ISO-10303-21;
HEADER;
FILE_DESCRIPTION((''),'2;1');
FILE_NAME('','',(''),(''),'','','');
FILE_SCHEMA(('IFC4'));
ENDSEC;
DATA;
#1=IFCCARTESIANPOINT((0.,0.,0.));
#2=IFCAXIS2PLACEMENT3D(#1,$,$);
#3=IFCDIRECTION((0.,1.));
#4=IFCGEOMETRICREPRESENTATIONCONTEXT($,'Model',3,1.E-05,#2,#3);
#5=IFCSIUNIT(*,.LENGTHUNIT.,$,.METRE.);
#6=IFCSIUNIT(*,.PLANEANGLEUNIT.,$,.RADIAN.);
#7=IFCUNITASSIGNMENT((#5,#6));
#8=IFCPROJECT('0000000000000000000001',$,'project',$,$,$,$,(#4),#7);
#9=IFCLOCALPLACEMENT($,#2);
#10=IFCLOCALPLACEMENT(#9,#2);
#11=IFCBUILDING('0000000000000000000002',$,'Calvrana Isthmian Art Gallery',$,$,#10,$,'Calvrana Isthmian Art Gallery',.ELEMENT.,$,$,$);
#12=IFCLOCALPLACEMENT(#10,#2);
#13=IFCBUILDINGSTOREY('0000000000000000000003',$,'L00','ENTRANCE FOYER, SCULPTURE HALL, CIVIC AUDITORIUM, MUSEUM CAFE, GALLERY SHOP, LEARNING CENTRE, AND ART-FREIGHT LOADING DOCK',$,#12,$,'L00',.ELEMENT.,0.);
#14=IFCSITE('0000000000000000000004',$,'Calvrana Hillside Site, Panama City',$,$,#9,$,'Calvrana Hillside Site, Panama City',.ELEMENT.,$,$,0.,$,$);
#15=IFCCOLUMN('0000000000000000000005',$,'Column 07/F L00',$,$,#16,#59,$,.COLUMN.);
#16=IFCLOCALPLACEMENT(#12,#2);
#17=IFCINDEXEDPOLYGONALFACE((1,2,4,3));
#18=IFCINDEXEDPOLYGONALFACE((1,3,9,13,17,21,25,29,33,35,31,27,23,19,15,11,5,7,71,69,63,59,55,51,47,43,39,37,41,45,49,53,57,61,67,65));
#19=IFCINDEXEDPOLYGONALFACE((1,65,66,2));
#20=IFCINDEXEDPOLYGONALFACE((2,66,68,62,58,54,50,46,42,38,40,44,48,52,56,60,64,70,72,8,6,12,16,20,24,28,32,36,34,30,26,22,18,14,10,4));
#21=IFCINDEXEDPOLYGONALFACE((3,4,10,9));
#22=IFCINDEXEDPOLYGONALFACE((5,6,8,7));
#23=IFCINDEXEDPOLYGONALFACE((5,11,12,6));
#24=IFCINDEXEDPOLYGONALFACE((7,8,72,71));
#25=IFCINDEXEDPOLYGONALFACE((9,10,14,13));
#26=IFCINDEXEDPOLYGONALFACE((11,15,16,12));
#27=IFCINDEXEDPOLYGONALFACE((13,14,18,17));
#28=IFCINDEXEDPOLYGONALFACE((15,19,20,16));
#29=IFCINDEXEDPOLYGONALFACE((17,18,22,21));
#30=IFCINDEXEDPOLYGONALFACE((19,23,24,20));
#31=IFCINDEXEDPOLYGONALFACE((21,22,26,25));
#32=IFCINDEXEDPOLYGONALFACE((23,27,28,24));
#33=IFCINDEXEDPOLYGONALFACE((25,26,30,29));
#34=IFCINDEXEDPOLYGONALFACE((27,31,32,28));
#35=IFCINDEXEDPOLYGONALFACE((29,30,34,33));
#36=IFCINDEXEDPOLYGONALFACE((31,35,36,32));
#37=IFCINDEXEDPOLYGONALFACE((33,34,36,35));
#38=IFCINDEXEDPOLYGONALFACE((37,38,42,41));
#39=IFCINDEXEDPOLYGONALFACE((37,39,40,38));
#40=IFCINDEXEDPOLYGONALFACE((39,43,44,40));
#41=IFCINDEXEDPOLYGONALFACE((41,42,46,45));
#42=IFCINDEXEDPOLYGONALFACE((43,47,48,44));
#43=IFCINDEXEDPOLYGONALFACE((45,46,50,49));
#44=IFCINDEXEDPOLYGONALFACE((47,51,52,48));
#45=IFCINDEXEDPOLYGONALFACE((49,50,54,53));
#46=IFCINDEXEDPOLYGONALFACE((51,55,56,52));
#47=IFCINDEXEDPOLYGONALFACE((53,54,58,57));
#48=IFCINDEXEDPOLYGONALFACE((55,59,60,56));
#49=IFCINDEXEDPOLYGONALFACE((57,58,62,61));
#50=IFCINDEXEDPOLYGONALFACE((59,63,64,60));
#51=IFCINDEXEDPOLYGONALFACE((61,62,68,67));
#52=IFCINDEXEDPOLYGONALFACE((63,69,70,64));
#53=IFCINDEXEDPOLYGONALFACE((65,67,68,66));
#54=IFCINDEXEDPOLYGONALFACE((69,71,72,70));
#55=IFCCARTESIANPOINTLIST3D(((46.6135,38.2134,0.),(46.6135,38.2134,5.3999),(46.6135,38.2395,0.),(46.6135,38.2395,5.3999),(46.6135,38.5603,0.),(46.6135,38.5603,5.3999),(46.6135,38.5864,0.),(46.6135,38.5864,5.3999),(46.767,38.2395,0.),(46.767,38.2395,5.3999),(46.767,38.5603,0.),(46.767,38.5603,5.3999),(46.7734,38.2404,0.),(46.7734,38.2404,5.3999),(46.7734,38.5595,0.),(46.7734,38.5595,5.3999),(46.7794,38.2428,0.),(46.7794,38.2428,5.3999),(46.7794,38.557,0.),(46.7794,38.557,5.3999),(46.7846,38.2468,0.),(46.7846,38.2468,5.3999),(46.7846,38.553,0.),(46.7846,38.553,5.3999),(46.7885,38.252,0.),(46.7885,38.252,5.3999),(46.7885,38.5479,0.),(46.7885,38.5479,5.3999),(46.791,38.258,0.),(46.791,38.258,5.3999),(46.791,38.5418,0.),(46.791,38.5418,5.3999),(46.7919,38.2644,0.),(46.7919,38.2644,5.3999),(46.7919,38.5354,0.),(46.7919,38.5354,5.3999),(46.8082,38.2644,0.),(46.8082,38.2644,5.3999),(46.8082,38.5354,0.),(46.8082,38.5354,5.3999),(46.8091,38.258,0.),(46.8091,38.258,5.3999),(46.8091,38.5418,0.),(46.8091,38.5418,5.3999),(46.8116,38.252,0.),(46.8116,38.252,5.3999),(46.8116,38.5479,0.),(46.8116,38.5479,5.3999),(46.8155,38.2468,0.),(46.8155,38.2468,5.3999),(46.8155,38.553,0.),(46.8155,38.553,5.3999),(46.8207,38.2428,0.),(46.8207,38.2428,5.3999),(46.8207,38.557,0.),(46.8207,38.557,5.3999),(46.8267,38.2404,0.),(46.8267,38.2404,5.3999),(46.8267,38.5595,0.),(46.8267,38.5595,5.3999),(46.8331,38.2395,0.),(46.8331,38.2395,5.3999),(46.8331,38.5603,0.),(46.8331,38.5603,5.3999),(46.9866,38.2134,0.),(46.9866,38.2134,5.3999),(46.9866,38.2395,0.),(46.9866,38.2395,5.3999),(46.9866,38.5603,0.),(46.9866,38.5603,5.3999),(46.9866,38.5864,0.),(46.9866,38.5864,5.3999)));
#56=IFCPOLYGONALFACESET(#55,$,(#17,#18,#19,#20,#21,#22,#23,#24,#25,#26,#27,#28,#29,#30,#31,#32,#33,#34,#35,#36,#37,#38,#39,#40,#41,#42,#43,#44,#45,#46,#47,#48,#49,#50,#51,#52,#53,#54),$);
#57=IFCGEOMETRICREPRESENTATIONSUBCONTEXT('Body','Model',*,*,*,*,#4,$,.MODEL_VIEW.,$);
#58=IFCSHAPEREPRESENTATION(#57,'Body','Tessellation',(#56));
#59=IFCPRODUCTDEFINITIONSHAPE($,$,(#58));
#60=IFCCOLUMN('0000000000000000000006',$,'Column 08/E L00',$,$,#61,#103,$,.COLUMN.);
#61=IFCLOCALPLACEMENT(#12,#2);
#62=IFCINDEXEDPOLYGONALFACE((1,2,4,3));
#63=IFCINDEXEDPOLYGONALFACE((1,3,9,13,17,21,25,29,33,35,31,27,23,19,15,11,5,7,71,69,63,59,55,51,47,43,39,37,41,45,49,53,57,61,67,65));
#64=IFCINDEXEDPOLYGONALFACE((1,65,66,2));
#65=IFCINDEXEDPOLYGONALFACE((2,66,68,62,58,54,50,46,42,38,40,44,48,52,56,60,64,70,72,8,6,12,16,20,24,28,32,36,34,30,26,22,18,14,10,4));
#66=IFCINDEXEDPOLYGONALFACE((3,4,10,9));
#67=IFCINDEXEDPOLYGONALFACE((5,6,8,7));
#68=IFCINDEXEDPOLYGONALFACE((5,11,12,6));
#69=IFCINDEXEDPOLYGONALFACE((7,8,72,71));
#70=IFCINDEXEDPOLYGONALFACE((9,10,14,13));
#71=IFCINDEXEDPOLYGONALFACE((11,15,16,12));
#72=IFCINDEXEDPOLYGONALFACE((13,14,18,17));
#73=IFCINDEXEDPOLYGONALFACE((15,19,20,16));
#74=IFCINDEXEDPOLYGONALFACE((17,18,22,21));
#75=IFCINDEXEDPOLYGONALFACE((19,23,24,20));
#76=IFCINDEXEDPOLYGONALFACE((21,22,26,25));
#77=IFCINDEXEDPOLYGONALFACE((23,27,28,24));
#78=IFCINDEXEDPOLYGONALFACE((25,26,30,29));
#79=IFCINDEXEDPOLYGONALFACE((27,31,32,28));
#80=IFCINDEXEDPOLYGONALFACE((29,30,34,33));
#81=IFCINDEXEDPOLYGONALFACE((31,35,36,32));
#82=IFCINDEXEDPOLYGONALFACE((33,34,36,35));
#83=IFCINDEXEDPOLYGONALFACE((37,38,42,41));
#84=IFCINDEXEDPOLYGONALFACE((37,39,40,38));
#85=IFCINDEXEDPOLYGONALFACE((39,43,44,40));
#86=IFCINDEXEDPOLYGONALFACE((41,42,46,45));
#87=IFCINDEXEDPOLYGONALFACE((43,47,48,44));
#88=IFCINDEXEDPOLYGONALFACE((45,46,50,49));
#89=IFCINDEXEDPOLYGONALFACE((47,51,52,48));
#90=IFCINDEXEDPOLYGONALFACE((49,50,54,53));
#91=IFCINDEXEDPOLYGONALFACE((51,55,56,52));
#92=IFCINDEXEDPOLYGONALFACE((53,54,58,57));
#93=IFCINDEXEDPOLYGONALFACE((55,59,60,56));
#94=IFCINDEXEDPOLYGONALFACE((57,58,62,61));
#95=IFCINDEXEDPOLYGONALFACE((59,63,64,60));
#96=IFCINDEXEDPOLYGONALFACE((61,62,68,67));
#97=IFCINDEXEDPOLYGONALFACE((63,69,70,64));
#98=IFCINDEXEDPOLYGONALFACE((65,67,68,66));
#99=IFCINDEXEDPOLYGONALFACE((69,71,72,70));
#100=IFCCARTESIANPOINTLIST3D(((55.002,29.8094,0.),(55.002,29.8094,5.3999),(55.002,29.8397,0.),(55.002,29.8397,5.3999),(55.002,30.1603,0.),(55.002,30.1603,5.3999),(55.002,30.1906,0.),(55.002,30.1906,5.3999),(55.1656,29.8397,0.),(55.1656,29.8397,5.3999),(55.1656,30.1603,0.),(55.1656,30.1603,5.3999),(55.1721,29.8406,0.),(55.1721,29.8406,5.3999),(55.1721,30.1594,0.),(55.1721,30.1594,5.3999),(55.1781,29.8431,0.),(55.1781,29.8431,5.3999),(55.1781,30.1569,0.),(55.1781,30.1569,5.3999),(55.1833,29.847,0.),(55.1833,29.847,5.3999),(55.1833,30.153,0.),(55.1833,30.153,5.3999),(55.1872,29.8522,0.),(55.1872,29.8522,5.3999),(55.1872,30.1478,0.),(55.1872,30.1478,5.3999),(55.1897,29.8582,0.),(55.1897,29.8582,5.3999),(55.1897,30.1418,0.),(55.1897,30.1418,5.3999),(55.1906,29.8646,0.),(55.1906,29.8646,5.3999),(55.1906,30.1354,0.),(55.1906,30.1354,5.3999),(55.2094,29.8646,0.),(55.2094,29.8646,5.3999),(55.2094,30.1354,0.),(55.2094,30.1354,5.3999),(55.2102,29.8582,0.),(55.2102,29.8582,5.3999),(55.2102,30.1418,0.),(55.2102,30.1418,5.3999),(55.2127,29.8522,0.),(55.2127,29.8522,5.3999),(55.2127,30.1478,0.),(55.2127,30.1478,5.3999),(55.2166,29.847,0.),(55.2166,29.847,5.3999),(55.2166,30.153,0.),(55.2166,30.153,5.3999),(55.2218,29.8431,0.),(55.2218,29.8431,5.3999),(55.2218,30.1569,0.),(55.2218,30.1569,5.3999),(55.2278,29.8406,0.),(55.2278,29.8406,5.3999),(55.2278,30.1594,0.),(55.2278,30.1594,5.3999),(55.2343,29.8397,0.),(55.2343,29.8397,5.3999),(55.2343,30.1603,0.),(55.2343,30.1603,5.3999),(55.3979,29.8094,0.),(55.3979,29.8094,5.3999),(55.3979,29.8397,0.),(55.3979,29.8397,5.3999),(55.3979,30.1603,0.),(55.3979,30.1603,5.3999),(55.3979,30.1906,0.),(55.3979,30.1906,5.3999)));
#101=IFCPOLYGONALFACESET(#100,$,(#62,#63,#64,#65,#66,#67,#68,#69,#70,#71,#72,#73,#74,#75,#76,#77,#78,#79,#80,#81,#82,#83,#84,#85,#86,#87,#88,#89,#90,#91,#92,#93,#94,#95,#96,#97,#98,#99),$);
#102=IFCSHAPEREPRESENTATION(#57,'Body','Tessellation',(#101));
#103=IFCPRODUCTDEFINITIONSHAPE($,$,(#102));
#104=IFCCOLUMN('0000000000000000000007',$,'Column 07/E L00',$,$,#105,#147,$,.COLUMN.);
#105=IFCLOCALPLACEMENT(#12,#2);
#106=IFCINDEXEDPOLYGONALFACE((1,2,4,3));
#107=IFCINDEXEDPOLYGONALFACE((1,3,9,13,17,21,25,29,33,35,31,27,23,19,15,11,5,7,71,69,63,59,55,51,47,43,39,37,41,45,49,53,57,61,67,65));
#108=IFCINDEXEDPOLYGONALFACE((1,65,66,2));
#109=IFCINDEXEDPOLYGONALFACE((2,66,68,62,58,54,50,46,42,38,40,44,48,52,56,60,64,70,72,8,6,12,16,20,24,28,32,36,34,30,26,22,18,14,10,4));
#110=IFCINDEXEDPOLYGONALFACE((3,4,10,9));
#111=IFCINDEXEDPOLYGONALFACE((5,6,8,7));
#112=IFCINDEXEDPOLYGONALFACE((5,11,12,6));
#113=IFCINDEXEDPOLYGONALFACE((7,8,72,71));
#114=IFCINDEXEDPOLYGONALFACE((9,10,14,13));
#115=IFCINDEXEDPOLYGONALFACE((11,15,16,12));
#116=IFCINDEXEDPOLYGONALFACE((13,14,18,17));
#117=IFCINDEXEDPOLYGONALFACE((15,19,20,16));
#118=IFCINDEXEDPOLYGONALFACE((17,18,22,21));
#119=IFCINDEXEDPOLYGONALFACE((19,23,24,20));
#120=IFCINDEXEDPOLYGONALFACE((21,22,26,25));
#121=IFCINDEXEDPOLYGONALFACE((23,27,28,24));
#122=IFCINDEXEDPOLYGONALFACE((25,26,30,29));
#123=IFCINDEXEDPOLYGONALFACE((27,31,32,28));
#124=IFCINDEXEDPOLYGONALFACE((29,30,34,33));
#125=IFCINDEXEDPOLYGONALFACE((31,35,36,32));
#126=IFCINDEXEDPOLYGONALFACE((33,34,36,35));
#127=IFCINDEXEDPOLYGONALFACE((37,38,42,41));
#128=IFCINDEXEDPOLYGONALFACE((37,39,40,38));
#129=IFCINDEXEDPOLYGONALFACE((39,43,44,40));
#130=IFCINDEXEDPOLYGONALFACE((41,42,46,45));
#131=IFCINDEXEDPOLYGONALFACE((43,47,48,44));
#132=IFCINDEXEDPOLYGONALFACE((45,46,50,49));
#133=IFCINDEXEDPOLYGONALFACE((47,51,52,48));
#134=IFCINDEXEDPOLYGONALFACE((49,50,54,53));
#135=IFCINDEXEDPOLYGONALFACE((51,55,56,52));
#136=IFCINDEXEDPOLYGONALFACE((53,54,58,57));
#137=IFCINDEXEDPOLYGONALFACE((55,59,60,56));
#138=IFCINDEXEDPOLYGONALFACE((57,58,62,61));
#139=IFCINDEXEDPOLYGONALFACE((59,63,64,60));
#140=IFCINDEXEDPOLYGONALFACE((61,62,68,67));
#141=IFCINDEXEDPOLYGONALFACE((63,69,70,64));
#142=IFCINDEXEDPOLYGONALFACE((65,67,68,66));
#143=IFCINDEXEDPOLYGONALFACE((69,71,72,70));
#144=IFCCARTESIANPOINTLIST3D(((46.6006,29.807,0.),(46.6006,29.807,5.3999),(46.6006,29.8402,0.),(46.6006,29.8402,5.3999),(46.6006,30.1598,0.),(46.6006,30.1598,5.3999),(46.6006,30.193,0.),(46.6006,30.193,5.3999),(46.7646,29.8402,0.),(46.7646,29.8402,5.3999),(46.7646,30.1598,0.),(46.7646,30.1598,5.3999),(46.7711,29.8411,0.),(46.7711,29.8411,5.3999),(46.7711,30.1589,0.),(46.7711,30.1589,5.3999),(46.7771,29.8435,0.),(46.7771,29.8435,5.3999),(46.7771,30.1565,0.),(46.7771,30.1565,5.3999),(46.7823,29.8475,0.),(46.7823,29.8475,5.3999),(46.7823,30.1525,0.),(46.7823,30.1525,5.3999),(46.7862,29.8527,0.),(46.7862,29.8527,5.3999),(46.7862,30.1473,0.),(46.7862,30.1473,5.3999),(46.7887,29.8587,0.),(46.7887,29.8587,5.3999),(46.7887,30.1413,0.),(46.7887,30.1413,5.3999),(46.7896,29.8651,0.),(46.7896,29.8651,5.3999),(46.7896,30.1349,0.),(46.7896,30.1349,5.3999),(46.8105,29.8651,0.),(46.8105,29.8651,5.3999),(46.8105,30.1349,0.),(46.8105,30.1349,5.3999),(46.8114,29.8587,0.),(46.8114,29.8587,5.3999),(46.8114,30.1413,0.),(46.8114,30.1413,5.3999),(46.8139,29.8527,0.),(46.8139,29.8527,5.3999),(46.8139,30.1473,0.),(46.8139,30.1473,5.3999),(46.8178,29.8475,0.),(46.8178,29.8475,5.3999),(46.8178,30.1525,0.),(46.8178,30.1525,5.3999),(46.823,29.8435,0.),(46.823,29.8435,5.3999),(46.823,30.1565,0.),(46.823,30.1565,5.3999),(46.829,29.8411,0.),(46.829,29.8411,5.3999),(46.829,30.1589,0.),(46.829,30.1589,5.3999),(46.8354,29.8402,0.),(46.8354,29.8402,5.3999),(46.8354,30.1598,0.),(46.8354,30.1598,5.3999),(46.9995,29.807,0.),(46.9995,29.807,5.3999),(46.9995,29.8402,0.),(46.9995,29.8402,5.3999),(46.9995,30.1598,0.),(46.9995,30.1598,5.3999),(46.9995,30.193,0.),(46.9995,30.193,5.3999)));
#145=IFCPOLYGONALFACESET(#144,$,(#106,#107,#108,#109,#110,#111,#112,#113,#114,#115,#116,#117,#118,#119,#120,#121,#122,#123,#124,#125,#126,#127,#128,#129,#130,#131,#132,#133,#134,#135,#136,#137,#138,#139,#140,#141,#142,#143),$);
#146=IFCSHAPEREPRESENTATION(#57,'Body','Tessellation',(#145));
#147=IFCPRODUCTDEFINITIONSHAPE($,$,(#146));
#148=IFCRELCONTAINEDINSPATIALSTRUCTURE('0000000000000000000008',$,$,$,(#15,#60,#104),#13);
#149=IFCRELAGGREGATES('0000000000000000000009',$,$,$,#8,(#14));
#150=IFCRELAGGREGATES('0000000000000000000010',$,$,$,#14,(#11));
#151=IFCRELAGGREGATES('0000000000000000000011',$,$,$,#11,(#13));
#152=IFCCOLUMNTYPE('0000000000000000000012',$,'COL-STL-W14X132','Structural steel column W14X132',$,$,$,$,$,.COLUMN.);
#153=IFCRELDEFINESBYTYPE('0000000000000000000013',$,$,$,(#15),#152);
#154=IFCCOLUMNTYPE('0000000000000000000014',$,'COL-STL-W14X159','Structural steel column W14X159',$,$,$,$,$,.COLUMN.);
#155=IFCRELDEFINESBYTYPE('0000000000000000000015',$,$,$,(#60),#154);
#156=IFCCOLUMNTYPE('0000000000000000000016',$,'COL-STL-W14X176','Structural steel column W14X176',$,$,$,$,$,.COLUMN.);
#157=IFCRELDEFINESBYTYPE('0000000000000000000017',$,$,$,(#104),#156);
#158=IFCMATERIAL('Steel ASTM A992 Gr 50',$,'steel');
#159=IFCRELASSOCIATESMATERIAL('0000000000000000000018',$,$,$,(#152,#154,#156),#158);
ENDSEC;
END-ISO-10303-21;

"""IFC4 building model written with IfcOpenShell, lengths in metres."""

from ifc_helpers import new_model, si_unit, direction, frame, origin, origin_2d, place, context, subcontext, project, spatial, i_section, extrude, material, material_profile, profile_set, type_object, element, save


model = new_model("IFC4")

# Units and contexts
model_context = context("Model", 3, precision=1e-05, world=origin(), true_north=direction((0.0, 1.0)))
body_context = subcontext(model_context, "Body", "Model", "MODEL_VIEW")
ifc_project = project(units=[si_unit("LENGTHUNIT", "METRE"), si_unit("PLANEANGLEUNIT", "RADIAN")], contexts=[model_context])

# Site, building, storey
site_placement = place(None, origin())
site = spatial("IfcSite", under=ifc_project, at=site_placement, Name="Calvrana Hillside Site, Panama City", LongName="Calvrana Hillside Site, Panama City", CompositionType="ELEMENT", RefElevation=0.0)
building_placement = place(site_placement, origin())
building = spatial("IfcBuilding", under=site, at=building_placement, Name="Calvrana Isthmian Art Gallery", LongName="Calvrana Isthmian Art Gallery", CompositionType="ELEMENT")
storey_placement = place(building_placement, origin())
storey = spatial("IfcBuildingStorey", under=building, at=storey_placement, Name="L00", Description="ENTRANCE FOYER, SCULPTURE HALL, CIVIC AUDITORIUM, MUSEUM CAFE, GALLERY SHOP, LEARNING CENTRE, AND ART-FREIGHT LOADING DOCK", LongName="L00", CompositionType="ELEMENT", Elevation=0.0)

# Columns
ifc_material_1 = material(Name="Steel ASTM A992 Gr 50", Category="steel")
ifc_material_profile_1 = material_profile(ifc_material_1, i_section(OverallWidth=0.373, OverallDepth=0.373, WebThickness=0.0164, FlangeThickness=0.0261, FilletRadius=0.0249, at=origin_2d()), Name="W14X132")
ifc_profile_set_1 = profile_set([ifc_material_profile_1], Name="Steel ASTM A992 Gr 50")
column_type_1 = type_object("IfcColumnType", Name="COL-STL-W14X132", Description="Structural steel column W14X132", PredefinedType="COLUMN", material=ifc_profile_set_1)
column_1_placement = place(storey_placement, frame((46.8, 38.3999, 0.0), z_axis=(0.0, 0.0, 1.0), x_axis=(1.0, 0.0, 0.0)))
element("IfcColumn", 1, at=column_1_placement, inside=storey, type_object=column_type_1, Name="Column 07/F L00", PredefinedType="COLUMN", context=body_context, shape_type="SweptSolid", body=[
    extrude(i_section(OverallWidth=0.373, OverallDepth=0.373, WebThickness=0.0164, FlangeThickness=0.0261, FilletRadius=0.0249, at=origin_2d()), origin(), (0.0, 0.0, 1.0), 5.3999),
])
ifc_material_profile_2 = material_profile(ifc_material_1, i_section(OverallWidth=0.396, OverallDepth=0.3811, WebThickness=0.0188, FlangeThickness=0.0303, FilletRadius=0.0249, at=origin_2d()), Name="W14X159")
ifc_profile_set_2 = profile_set([ifc_material_profile_2], Name="Steel ASTM A992 Gr 50")
column_type_2 = type_object("IfcColumnType", Name="COL-STL-W14X159", Description="Structural steel column W14X159", PredefinedType="COLUMN", material=ifc_profile_set_2)
column_2_placement = place(storey_placement, frame((55.2, 30.0, 0.0), z_axis=(0.0, 0.0, 1.0), x_axis=(1.0, 0.0, 0.0)))
element("IfcColumn", 2, at=column_2_placement, inside=storey, type_object=column_type_2, Name="Column 08/E L00", PredefinedType="COLUMN", context=body_context, shape_type="SweptSolid", body=[
    extrude(i_section(OverallWidth=0.396, OverallDepth=0.3811, WebThickness=0.0188, FlangeThickness=0.0303, FilletRadius=0.0249, at=origin_2d()), origin(), (0.0, 0.0, 1.0), 5.3999),
])
ifc_material_profile_3 = material_profile(ifc_material_1, i_section(OverallWidth=0.3989, OverallDepth=0.386, WebThickness=0.021, FlangeThickness=0.0332, FilletRadius=0.0249, at=origin_2d()), Name="W14X176")
ifc_profile_set_3 = profile_set([ifc_material_profile_3], Name="Steel ASTM A992 Gr 50")
column_type_3 = type_object("IfcColumnType", Name="COL-STL-W14X176", Description="Structural steel column W14X176", PredefinedType="COLUMN", material=ifc_profile_set_3)
column_3_placement = place(storey_placement, frame((46.8, 30.0, 0.0), z_axis=(0.0, 0.0, 1.0), x_axis=(1.0, 0.0, 0.0)))
element("IfcColumn", 3, at=column_3_placement, inside=storey, type_object=column_type_3, Name="Column 07/E L00", PredefinedType="COLUMN", context=body_context, shape_type="SweptSolid", body=[
    extrude(i_section(OverallWidth=0.3989, OverallDepth=0.386, WebThickness=0.021, FlangeThickness=0.0332, FilletRadius=0.0249, at=origin_2d()), origin(), (0.0, 0.0, 1.0), 5.3999),
])

save(model, "model.ifc")
